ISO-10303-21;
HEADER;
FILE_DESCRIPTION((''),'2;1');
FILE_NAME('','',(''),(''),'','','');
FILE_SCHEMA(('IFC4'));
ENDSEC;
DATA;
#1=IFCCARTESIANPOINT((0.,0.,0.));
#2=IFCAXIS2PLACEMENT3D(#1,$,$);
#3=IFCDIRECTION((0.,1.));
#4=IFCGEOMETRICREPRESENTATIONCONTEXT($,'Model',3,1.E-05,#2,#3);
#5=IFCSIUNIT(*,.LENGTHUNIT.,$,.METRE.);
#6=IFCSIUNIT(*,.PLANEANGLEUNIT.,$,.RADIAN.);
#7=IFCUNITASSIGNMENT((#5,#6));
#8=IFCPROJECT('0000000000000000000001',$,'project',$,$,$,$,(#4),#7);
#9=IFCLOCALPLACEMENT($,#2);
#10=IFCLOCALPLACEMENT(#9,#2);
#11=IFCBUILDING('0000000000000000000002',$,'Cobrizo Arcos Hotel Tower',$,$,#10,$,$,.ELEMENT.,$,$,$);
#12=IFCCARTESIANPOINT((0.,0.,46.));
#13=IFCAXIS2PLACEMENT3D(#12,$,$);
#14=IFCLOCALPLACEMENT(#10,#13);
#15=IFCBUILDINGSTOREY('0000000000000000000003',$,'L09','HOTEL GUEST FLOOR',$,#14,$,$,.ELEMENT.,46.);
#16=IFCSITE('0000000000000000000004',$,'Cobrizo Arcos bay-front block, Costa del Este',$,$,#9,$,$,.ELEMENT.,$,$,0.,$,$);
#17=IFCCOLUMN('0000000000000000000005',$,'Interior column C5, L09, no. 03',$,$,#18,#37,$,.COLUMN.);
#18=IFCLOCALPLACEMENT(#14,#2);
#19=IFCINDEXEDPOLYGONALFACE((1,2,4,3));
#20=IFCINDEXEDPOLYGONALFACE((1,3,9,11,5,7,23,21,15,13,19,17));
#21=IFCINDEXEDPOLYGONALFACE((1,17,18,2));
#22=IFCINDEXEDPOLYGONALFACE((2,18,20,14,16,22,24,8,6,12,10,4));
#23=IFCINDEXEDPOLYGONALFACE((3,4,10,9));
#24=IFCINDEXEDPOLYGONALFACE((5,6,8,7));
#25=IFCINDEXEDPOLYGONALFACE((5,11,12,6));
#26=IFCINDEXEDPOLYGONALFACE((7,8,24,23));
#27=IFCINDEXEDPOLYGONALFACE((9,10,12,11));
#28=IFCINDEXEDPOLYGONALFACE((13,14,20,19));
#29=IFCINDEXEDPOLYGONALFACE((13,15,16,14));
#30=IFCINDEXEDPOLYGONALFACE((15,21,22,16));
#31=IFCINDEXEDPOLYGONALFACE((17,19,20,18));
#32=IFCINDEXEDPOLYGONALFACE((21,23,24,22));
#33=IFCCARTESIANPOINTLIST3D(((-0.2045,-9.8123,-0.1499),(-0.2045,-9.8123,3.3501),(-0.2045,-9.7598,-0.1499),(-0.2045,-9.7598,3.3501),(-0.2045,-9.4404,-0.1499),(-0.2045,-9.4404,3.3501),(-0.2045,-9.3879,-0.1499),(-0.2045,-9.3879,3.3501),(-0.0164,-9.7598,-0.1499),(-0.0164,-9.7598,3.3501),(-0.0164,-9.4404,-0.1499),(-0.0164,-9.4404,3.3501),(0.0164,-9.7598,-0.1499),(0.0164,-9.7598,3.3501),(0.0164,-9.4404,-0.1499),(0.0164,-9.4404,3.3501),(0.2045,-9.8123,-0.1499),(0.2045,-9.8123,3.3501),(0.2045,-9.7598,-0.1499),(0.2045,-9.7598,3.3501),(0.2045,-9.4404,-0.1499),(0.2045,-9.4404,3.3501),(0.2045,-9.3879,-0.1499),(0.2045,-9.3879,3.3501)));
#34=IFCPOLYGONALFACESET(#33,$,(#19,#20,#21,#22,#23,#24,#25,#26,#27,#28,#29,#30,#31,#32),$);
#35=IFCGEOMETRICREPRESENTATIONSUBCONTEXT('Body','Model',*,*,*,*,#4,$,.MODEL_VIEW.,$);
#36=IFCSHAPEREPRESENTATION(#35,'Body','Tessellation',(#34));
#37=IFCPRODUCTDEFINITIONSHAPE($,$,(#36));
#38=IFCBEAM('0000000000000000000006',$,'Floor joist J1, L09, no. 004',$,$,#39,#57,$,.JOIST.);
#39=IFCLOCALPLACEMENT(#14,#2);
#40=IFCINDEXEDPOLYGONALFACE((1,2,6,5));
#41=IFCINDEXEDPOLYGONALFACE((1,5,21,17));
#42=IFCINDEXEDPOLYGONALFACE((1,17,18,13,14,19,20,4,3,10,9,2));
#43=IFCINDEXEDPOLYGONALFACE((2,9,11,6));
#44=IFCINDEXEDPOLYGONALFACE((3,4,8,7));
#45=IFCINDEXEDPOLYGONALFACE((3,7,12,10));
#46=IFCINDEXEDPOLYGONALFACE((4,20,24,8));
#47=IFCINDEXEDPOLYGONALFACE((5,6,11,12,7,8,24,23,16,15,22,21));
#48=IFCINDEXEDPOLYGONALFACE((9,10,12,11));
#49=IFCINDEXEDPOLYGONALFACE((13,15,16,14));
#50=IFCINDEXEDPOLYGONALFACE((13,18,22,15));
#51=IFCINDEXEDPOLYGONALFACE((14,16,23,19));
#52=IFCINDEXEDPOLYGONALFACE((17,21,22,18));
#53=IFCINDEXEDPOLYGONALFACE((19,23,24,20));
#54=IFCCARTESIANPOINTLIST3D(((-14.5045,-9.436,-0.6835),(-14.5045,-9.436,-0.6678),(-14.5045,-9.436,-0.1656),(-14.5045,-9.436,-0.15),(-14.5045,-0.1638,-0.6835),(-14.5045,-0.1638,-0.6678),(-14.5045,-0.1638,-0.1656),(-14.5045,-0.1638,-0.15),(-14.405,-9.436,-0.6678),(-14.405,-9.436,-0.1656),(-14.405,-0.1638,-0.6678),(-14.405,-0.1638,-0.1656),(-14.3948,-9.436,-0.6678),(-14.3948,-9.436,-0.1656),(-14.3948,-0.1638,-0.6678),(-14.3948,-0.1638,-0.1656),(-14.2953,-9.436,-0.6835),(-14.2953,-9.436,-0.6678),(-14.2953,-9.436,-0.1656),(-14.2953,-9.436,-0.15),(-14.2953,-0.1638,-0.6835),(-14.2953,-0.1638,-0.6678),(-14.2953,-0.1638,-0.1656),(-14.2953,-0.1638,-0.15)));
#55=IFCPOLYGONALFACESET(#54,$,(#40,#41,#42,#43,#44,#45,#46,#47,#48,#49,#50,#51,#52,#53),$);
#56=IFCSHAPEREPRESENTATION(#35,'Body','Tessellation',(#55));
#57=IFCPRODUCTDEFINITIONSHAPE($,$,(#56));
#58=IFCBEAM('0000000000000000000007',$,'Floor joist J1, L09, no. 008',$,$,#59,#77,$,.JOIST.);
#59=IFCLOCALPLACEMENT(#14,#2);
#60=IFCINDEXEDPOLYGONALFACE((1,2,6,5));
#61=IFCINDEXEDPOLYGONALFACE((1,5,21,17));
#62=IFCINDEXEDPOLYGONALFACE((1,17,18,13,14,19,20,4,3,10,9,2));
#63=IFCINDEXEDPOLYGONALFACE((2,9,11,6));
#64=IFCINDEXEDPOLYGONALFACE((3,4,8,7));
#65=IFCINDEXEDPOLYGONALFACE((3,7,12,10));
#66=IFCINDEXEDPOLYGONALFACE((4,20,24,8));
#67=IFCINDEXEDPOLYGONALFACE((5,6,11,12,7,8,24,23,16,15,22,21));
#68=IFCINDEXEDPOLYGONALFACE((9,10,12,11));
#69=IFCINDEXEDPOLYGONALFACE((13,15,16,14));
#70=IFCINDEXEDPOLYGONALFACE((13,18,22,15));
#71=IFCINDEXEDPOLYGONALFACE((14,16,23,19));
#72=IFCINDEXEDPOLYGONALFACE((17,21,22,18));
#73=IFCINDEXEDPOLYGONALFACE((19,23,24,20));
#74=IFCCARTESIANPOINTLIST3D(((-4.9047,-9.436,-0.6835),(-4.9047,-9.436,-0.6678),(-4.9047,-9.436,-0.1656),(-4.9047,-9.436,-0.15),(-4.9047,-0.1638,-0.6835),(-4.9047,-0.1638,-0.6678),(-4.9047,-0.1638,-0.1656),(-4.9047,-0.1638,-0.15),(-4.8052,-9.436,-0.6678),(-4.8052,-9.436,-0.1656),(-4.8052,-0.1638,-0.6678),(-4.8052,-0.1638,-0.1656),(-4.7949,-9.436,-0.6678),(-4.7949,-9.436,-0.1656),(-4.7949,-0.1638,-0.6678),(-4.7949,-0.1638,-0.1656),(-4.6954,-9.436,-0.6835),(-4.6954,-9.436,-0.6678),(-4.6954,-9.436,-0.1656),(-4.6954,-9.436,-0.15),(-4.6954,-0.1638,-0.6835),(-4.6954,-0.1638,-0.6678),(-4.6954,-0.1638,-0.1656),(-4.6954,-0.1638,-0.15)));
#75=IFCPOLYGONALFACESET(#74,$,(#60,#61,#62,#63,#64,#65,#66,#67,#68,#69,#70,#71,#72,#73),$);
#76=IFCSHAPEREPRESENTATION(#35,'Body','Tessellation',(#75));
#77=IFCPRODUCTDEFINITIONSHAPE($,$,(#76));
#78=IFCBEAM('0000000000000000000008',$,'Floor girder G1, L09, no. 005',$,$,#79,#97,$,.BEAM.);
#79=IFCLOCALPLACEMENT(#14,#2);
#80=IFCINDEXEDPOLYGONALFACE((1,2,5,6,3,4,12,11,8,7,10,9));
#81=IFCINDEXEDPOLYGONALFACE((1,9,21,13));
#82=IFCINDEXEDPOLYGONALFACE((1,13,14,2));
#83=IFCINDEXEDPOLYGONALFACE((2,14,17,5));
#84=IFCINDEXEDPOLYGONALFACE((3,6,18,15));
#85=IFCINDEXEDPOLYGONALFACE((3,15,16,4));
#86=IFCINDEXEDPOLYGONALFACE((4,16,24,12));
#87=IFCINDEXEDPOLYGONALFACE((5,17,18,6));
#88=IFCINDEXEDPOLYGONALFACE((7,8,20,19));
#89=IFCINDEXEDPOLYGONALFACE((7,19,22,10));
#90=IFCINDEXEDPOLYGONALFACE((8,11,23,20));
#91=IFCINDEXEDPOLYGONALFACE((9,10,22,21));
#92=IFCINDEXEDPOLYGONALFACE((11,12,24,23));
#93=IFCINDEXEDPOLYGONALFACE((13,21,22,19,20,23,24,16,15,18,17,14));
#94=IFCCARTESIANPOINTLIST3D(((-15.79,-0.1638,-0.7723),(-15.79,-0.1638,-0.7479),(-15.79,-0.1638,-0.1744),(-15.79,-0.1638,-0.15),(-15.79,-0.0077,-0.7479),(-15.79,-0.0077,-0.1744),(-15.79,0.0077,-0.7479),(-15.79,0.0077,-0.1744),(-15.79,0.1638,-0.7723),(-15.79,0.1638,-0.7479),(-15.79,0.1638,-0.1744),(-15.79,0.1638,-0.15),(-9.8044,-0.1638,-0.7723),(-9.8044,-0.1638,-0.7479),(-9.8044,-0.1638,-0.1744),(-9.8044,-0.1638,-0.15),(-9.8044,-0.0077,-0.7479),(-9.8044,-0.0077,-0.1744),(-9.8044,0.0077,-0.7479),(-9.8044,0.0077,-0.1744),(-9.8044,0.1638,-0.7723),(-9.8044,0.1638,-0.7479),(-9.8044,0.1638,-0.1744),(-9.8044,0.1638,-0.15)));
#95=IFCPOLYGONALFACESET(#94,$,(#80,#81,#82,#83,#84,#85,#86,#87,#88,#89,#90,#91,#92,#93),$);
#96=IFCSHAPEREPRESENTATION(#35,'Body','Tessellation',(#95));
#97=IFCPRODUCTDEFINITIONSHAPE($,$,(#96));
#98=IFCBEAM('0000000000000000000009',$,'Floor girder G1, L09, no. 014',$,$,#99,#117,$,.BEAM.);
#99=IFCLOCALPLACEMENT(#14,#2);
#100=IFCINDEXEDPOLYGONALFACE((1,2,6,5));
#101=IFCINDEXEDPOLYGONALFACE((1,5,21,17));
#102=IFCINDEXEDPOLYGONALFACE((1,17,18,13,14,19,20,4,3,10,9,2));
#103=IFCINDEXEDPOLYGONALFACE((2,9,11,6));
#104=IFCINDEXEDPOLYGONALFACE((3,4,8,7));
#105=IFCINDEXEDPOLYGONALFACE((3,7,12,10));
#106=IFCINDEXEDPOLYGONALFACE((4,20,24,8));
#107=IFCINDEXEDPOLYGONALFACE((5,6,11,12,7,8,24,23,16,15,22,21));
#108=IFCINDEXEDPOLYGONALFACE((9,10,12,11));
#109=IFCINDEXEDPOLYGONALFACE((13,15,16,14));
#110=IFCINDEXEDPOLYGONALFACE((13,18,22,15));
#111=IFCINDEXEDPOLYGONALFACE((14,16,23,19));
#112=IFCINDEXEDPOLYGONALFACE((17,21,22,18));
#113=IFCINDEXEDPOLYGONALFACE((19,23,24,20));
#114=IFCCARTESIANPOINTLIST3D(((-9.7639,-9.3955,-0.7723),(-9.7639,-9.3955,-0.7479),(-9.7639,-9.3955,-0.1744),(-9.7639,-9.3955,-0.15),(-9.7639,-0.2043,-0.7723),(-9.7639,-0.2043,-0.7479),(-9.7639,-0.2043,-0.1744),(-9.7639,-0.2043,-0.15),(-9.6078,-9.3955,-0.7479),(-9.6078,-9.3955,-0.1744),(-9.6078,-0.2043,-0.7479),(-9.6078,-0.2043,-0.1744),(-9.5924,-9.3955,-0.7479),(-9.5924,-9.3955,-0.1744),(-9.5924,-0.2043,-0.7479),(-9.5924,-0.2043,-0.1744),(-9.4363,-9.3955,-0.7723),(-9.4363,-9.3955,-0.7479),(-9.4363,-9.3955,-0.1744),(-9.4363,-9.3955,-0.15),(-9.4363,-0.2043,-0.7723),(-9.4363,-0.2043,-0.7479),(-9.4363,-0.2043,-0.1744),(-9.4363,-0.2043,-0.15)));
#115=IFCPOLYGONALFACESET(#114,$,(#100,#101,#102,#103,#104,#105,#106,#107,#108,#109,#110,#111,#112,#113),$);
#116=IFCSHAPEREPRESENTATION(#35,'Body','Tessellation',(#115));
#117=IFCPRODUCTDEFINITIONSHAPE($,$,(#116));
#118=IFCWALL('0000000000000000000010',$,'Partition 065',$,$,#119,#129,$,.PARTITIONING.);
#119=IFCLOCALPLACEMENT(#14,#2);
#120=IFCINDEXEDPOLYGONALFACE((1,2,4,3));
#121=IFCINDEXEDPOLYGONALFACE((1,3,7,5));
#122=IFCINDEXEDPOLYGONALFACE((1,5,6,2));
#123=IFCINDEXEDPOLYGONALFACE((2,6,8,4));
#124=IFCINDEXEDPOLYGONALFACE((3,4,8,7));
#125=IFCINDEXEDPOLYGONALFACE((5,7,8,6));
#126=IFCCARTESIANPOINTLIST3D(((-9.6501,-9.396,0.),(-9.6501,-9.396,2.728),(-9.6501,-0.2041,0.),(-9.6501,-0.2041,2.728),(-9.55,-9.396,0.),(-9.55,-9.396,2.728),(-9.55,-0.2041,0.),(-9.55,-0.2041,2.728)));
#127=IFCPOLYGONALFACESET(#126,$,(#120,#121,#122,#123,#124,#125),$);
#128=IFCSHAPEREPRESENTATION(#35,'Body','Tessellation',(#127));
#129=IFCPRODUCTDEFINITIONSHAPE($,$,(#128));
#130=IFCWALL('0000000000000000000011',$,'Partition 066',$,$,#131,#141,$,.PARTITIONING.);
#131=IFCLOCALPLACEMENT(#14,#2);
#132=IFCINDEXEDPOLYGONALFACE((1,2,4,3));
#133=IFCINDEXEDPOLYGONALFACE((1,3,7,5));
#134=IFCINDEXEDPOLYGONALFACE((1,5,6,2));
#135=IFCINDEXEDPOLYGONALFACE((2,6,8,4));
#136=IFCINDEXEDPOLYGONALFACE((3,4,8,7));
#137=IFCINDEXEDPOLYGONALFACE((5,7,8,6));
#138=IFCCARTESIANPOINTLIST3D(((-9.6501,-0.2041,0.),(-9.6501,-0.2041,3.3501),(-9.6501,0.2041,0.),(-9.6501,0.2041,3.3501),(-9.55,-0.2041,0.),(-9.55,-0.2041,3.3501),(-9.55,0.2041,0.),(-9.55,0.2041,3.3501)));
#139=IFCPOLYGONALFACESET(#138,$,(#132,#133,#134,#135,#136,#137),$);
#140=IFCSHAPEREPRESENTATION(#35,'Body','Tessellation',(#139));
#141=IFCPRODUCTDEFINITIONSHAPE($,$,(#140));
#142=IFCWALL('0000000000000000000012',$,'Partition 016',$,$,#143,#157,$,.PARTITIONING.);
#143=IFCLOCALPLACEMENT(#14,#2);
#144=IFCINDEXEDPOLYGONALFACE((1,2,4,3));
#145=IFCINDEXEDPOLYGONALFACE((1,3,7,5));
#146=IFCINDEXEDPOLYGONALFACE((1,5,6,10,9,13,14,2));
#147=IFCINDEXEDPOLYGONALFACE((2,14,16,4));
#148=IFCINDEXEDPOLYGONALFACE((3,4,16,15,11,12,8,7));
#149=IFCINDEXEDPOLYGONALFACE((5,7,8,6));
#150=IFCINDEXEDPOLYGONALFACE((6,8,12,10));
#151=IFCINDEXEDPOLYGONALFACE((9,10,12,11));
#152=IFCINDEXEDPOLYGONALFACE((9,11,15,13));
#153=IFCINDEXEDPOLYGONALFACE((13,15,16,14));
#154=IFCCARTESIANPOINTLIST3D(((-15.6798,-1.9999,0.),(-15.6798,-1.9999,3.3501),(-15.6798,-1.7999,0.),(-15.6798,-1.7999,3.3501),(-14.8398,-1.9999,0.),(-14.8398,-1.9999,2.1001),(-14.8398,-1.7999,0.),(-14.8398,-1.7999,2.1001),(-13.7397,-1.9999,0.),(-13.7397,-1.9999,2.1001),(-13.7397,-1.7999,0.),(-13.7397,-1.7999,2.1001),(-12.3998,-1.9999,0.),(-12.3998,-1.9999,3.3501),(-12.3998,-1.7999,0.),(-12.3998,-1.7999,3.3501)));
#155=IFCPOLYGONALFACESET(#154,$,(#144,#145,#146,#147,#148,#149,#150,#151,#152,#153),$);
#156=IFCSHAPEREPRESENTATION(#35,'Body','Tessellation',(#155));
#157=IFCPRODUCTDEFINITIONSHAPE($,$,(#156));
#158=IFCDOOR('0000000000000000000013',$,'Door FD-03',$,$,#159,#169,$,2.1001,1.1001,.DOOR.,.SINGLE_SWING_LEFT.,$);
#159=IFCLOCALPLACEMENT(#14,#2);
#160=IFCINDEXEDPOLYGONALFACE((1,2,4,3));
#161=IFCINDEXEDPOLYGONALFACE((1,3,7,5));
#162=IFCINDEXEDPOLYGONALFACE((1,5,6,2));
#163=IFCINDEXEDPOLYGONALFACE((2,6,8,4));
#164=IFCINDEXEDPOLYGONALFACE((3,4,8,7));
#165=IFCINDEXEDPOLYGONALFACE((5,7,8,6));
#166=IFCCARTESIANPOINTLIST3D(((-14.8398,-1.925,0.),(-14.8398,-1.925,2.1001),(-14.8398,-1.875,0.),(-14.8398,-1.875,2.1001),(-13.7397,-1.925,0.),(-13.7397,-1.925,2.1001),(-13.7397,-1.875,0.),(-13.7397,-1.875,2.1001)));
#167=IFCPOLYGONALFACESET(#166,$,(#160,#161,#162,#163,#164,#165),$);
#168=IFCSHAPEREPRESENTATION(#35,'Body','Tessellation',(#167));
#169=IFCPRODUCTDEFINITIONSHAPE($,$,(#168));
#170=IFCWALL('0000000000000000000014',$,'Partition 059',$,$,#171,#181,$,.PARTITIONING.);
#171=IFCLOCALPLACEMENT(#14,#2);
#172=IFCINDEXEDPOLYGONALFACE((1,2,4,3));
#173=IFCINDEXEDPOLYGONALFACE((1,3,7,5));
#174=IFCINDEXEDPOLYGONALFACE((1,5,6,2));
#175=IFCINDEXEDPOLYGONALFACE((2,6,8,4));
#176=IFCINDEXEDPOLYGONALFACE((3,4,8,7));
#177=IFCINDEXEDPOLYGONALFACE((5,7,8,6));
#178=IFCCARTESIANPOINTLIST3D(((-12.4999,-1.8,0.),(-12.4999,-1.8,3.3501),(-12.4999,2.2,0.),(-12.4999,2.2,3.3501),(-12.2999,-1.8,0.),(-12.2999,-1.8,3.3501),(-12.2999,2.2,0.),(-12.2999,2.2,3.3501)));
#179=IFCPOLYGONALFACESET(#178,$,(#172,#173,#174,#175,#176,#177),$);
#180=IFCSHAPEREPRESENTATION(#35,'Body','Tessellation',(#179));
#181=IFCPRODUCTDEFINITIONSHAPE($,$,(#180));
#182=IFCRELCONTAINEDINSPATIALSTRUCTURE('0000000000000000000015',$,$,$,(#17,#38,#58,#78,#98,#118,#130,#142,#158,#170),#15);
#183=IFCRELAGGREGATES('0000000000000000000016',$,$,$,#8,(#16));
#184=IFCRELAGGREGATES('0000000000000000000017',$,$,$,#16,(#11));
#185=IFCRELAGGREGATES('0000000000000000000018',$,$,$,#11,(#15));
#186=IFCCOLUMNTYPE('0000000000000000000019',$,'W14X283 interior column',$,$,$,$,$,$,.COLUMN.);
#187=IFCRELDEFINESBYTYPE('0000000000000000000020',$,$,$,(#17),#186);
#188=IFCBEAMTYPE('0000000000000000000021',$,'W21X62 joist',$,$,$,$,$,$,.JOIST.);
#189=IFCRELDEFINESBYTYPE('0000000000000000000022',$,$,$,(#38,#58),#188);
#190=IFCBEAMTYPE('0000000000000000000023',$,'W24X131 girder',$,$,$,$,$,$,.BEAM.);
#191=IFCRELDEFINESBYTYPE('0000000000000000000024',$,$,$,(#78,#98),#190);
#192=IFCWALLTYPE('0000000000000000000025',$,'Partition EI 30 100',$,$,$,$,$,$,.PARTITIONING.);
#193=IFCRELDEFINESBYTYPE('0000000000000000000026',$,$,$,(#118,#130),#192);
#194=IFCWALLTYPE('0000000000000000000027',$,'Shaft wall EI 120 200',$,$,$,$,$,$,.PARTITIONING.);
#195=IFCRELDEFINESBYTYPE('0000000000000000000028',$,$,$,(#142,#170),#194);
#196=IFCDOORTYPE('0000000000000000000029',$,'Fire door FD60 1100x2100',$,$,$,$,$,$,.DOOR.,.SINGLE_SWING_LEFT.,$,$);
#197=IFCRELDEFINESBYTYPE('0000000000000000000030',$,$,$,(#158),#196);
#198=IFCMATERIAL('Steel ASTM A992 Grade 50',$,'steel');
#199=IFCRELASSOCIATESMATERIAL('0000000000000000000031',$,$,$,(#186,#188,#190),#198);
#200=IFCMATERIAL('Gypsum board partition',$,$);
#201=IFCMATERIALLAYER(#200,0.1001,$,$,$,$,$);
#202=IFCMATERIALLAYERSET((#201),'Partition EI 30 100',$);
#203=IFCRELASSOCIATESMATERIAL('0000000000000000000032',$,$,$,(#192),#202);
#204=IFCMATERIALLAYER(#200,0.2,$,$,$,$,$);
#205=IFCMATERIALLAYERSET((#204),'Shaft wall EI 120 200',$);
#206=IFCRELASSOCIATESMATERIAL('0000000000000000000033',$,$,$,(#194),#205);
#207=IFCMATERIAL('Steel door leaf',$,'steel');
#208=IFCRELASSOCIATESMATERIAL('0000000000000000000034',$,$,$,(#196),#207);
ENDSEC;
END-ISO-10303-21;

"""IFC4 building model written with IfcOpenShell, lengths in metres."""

from ifc_helpers import new_model, si_unit, direction, frame, frame_2d, origin, origin_2d, place, context, subcontext, project, spatial, rectangle, i_section, extrude, material, layer, layer_set, material_profile, profile_set, type_object, element, fill, save


model = new_model("IFC4")

# Units and contexts
model_context = context("Model", 3, precision=1e-05, world=origin(), true_north=direction((0.0, 1.0)))
body_context = subcontext(model_context, "Body", "Model", "MODEL_VIEW")
ifc_project = project(units=[si_unit("LENGTHUNIT", "METRE"), si_unit("PLANEANGLEUNIT", "RADIAN")], contexts=[model_context])

# Site, building, storey
site_placement = place(None, origin())
site = spatial("IfcSite", under=ifc_project, at=site_placement, Name="Cobrizo Arcos bay-front block, Costa del Este", CompositionType="ELEMENT", RefElevation=0.0)
building_placement = place(site_placement, origin())
building = spatial("IfcBuilding", under=site, at=building_placement, Name="Cobrizo Arcos Hotel Tower", CompositionType="ELEMENT")
storey_placement = place(building_placement, frame((0.0, 0.0, 46.0)))
storey = spatial("IfcBuildingStorey", under=building, at=storey_placement, Name="L09", Description="HOTEL GUEST FLOOR", CompositionType="ELEMENT", Elevation=46.0)

# Column
ifc_material_1 = material(Name="Steel ASTM A992 Grade 50", Category="steel")
ifc_material_profile_1 = material_profile(ifc_material_1, i_section(OverallWidth=0.4089, OverallDepth=0.4243, WebThickness=0.0327, FlangeThickness=0.0525, at=origin_2d()), Name="W14X283")
ifc_profile_set_1 = profile_set([ifc_material_profile_1], Name="Steel ASTM A992 Grade 50")
column_type = type_object("IfcColumnType", Name="W14X283 interior column", PredefinedType="COLUMN", material=ifc_profile_set_1)
column_placement = place(storey_placement, frame((0.0, -9.6001, -0.1499), z_axis=(0.0, 0.0, 1.0), x_axis=(1.0, 0.0, 0.0)))
element("IfcColumn", 1, at=column_placement, inside=storey, type_object=column_type, Name="Interior column C5, L09, no. 03", PredefinedType="COLUMN", context=body_context, shape_type="SweptSolid", body=[
    extrude(i_section(OverallWidth=0.4089, OverallDepth=0.4243, WebThickness=0.0327, FlangeThickness=0.0525, at=origin_2d()), origin(), (0.0, 0.0, 1.0), 3.5),
])

# Beams
ifc_material_profile_2 = material_profile(ifc_material_1, i_section(OverallWidth=0.2092, OverallDepth=0.5334, WebThickness=0.0103, FlangeThickness=0.0156, at=origin_2d()), Name="W21X62")
ifc_profile_set_2 = profile_set([ifc_material_profile_2], Name="Steel ASTM A992 Grade 50")
beam_type_1 = type_object("IfcBeamType", Name="W21X62 joist", PredefinedType="JOIST", material=ifc_profile_set_2)
for number, where, z_axis, x_axis, name in (
    (2, (-14.3999, -9.436, -0.4167), (0.0, 1.0, 0.0), (-1.0, 0.0, 0.0), "Floor joist J1, L09, no. 004"),
    (3, (-4.8, -9.436, -0.4167), (0.0, 1.0, 0.0), (-1.0, 0.0, 0.0), "Floor joist J1, L09, no. 008"),
):
    element("IfcBeam", number, at=place(storey_placement, frame(where, z_axis=z_axis, x_axis=x_axis)), inside=storey, type_object=beam_type_1, Name=name, PredefinedType="JOIST", context=body_context, shape_type="SweptSolid", body=[
        extrude(i_section(OverallWidth=0.2092, OverallDepth=0.5334, WebThickness=0.0103, FlangeThickness=0.0156, at=origin_2d()), origin(), (0.0, 0.0, 1.0), 9.2722),
    ])
ifc_material_profile_3 = material_profile(ifc_material_1, i_section(OverallWidth=0.3276, OverallDepth=0.6223, WebThickness=0.0154, FlangeThickness=0.0244, at=origin_2d()), Name="W24X131")
ifc_profile_set_3 = profile_set([ifc_material_profile_3], Name="Steel ASTM A992 Grade 50")
beam_type_2 = type_object("IfcBeamType", Name="W24X131 girder", PredefinedType="BEAM", material=ifc_profile_set_3)
beam_1_placement = place(storey_placement, frame((-15.79, 0.0, -0.4612), z_axis=(1.0, 0.0, 0.0), x_axis=(0.0, 1.0, 0.0)))
element("IfcBeam", 4, at=beam_1_placement, inside=storey, type_object=beam_type_2, Name="Floor girder G1, L09, no. 005", PredefinedType="BEAM", context=body_context, shape_type="SweptSolid", body=[
    extrude(i_section(OverallWidth=0.3276, OverallDepth=0.6223, WebThickness=0.0154, FlangeThickness=0.0244, at=origin_2d()), origin(), (0.0, 0.0, 1.0), 5.9856),
])
beam_2_placement = place(storey_placement, frame((-9.6001, -9.3955, -0.4612), z_axis=(0.0, 1.0, 0.0), x_axis=(-1.0, 0.0, 0.0)))
element("IfcBeam", 5, at=beam_2_placement, inside=storey, type_object=beam_type_2, Name="Floor girder G1, L09, no. 014", PredefinedType="BEAM", context=body_context, shape_type="SweptSolid", body=[
    extrude(i_section(OverallWidth=0.3276, OverallDepth=0.6223, WebThickness=0.0154, FlangeThickness=0.0244, at=origin_2d()), origin(), (0.0, 0.0, 1.0), 9.1912),
])

# Walls
ifc_material_2 = material(Name="Gypsum board partition")
ifc_layer_1 = layer(ifc_material_2, 0.1001)
ifc_layer_set_1 = layer_set([ifc_layer_1], Name="Partition EI 30 100")
wall_type_1 = type_object("IfcWallType", Name="Partition EI 30 100", PredefinedType="PARTITIONING", material=ifc_layer_set_1)
wall_1_placement = place(storey_placement, frame((-9.6001, -9.396, 0.0), z_axis=(0.0, 0.0, 1.0), x_axis=(0.0, 1.0, 0.0)))
element("IfcWall", 6, at=wall_1_placement, inside=storey, type_object=wall_type_1, Name="Partition 065", PredefinedType="PARTITIONING", context=body_context, shape_type="SweptSolid", body=[
    extrude(rectangle(XDim=9.1919, YDim=0.1001, at=frame_2d((4.5959, 0.0))), origin(), (0.0, 0.0, 1.0), 2.728),
])
wall_2_placement = place(storey_placement, frame((-9.6001, -0.2041, 0.0), z_axis=(0.0, 0.0, 1.0), x_axis=(0.0, 1.0, 0.0)))
element("IfcWall", 7, at=wall_2_placement, inside=storey, type_object=wall_type_1, Name="Partition 066", PredefinedType="PARTITIONING", context=body_context, shape_type="SweptSolid", body=[
    extrude(rectangle(XDim=0.4082, YDim=0.1001, at=frame_2d((0.2041, 0.0))), origin(), (0.0, 0.0, 1.0), 3.3501),
])

# Wall, opening, door
ifc_layer_2 = layer(ifc_material_2, 0.2)
ifc_layer_set_2 = layer_set([ifc_layer_2], Name="Shaft wall EI 120 200")
wall_type_2 = type_object("IfcWallType", Name="Shaft wall EI 120 200", PredefinedType="PARTITIONING", material=ifc_layer_set_2)
wall_3_placement = place(storey_placement, frame((-15.6799, -1.8999, 0.0), z_axis=(0.0, 0.0, 1.0), x_axis=(1.0, 0.0, 0.0)))
wall_3 = element("IfcWall", 8, at=wall_3_placement, inside=storey, type_object=wall_type_2, Name="Partition 016", PredefinedType="PARTITIONING", context=body_context, shape_type="SweptSolid", body=[
    extrude(rectangle(XDim=3.28, YDim=0.2, at=frame_2d((1.6401, 0.0))), origin(), (0.0, 0.0, 1.0), 3.3501),
])
opening_placement = place(wall_3_placement, frame((0.8401, 0.0, 0.0)))
opening = element("IfcOpeningElement", 9, at=opening_placement, cuts=wall_3, PredefinedType="OPENING", context=body_context, shape_type="SweptSolid", body=[
    extrude(rectangle(XDim=1.1001, YDim=2.1001, at=frame_2d((0.55, 1.05))), frame((0.0, 0.1121, 0.0), z_axis=(0.0, -1.0, 0.0), x_axis=(1.0, 0.0, 0.0)), (0.0, 0.0, 1.0), 0.2239),
])
ifc_material_3 = material(Name="Steel door leaf", Category="steel")
door_type = type_object("IfcDoorType", Name="Fire door FD60 1100x2100", OperationType="SINGLE_SWING_LEFT", PredefinedType="DOOR", material=ifc_material_3)
door_placement = place(opening_placement, origin())
door = element("IfcDoor", 10, at=door_placement, inside=storey, type_object=door_type, Name="Door FD-03", OperationType="SINGLE_SWING_LEFT", OverallHeight=2.1001, OverallWidth=1.1001, PredefinedType="DOOR", context=body_context, shape_type="SweptSolid", body=[
    extrude(rectangle(XDim=1.1001, YDim=2.1001, at=frame_2d((0.55, 1.05))), frame((0.0, 0.0249, 0.0), z_axis=(0.0, -1.0, 0.0), x_axis=(1.0, 0.0, 0.0)), (0.0, 0.0, 1.0), 0.05),
])
fill(opening, door)

# Wall
wall_4_placement = place(storey_placement, frame((-12.3999, -1.8, 0.0), z_axis=(0.0, 0.0, 1.0), x_axis=(0.0, 1.0, 0.0)))
element("IfcWall", 11, at=wall_4_placement, inside=storey, type_object=wall_type_2, Name="Partition 059", PredefinedType="PARTITIONING", context=body_context, shape_type="SweptSolid", body=[
    extrude(rectangle(XDim=4.0, YDim=0.2, at=frame_2d((2.0, 0.0))), origin(), (0.0, 0.0, 1.0), 3.3501),
])

save(model, "model.ifc")
